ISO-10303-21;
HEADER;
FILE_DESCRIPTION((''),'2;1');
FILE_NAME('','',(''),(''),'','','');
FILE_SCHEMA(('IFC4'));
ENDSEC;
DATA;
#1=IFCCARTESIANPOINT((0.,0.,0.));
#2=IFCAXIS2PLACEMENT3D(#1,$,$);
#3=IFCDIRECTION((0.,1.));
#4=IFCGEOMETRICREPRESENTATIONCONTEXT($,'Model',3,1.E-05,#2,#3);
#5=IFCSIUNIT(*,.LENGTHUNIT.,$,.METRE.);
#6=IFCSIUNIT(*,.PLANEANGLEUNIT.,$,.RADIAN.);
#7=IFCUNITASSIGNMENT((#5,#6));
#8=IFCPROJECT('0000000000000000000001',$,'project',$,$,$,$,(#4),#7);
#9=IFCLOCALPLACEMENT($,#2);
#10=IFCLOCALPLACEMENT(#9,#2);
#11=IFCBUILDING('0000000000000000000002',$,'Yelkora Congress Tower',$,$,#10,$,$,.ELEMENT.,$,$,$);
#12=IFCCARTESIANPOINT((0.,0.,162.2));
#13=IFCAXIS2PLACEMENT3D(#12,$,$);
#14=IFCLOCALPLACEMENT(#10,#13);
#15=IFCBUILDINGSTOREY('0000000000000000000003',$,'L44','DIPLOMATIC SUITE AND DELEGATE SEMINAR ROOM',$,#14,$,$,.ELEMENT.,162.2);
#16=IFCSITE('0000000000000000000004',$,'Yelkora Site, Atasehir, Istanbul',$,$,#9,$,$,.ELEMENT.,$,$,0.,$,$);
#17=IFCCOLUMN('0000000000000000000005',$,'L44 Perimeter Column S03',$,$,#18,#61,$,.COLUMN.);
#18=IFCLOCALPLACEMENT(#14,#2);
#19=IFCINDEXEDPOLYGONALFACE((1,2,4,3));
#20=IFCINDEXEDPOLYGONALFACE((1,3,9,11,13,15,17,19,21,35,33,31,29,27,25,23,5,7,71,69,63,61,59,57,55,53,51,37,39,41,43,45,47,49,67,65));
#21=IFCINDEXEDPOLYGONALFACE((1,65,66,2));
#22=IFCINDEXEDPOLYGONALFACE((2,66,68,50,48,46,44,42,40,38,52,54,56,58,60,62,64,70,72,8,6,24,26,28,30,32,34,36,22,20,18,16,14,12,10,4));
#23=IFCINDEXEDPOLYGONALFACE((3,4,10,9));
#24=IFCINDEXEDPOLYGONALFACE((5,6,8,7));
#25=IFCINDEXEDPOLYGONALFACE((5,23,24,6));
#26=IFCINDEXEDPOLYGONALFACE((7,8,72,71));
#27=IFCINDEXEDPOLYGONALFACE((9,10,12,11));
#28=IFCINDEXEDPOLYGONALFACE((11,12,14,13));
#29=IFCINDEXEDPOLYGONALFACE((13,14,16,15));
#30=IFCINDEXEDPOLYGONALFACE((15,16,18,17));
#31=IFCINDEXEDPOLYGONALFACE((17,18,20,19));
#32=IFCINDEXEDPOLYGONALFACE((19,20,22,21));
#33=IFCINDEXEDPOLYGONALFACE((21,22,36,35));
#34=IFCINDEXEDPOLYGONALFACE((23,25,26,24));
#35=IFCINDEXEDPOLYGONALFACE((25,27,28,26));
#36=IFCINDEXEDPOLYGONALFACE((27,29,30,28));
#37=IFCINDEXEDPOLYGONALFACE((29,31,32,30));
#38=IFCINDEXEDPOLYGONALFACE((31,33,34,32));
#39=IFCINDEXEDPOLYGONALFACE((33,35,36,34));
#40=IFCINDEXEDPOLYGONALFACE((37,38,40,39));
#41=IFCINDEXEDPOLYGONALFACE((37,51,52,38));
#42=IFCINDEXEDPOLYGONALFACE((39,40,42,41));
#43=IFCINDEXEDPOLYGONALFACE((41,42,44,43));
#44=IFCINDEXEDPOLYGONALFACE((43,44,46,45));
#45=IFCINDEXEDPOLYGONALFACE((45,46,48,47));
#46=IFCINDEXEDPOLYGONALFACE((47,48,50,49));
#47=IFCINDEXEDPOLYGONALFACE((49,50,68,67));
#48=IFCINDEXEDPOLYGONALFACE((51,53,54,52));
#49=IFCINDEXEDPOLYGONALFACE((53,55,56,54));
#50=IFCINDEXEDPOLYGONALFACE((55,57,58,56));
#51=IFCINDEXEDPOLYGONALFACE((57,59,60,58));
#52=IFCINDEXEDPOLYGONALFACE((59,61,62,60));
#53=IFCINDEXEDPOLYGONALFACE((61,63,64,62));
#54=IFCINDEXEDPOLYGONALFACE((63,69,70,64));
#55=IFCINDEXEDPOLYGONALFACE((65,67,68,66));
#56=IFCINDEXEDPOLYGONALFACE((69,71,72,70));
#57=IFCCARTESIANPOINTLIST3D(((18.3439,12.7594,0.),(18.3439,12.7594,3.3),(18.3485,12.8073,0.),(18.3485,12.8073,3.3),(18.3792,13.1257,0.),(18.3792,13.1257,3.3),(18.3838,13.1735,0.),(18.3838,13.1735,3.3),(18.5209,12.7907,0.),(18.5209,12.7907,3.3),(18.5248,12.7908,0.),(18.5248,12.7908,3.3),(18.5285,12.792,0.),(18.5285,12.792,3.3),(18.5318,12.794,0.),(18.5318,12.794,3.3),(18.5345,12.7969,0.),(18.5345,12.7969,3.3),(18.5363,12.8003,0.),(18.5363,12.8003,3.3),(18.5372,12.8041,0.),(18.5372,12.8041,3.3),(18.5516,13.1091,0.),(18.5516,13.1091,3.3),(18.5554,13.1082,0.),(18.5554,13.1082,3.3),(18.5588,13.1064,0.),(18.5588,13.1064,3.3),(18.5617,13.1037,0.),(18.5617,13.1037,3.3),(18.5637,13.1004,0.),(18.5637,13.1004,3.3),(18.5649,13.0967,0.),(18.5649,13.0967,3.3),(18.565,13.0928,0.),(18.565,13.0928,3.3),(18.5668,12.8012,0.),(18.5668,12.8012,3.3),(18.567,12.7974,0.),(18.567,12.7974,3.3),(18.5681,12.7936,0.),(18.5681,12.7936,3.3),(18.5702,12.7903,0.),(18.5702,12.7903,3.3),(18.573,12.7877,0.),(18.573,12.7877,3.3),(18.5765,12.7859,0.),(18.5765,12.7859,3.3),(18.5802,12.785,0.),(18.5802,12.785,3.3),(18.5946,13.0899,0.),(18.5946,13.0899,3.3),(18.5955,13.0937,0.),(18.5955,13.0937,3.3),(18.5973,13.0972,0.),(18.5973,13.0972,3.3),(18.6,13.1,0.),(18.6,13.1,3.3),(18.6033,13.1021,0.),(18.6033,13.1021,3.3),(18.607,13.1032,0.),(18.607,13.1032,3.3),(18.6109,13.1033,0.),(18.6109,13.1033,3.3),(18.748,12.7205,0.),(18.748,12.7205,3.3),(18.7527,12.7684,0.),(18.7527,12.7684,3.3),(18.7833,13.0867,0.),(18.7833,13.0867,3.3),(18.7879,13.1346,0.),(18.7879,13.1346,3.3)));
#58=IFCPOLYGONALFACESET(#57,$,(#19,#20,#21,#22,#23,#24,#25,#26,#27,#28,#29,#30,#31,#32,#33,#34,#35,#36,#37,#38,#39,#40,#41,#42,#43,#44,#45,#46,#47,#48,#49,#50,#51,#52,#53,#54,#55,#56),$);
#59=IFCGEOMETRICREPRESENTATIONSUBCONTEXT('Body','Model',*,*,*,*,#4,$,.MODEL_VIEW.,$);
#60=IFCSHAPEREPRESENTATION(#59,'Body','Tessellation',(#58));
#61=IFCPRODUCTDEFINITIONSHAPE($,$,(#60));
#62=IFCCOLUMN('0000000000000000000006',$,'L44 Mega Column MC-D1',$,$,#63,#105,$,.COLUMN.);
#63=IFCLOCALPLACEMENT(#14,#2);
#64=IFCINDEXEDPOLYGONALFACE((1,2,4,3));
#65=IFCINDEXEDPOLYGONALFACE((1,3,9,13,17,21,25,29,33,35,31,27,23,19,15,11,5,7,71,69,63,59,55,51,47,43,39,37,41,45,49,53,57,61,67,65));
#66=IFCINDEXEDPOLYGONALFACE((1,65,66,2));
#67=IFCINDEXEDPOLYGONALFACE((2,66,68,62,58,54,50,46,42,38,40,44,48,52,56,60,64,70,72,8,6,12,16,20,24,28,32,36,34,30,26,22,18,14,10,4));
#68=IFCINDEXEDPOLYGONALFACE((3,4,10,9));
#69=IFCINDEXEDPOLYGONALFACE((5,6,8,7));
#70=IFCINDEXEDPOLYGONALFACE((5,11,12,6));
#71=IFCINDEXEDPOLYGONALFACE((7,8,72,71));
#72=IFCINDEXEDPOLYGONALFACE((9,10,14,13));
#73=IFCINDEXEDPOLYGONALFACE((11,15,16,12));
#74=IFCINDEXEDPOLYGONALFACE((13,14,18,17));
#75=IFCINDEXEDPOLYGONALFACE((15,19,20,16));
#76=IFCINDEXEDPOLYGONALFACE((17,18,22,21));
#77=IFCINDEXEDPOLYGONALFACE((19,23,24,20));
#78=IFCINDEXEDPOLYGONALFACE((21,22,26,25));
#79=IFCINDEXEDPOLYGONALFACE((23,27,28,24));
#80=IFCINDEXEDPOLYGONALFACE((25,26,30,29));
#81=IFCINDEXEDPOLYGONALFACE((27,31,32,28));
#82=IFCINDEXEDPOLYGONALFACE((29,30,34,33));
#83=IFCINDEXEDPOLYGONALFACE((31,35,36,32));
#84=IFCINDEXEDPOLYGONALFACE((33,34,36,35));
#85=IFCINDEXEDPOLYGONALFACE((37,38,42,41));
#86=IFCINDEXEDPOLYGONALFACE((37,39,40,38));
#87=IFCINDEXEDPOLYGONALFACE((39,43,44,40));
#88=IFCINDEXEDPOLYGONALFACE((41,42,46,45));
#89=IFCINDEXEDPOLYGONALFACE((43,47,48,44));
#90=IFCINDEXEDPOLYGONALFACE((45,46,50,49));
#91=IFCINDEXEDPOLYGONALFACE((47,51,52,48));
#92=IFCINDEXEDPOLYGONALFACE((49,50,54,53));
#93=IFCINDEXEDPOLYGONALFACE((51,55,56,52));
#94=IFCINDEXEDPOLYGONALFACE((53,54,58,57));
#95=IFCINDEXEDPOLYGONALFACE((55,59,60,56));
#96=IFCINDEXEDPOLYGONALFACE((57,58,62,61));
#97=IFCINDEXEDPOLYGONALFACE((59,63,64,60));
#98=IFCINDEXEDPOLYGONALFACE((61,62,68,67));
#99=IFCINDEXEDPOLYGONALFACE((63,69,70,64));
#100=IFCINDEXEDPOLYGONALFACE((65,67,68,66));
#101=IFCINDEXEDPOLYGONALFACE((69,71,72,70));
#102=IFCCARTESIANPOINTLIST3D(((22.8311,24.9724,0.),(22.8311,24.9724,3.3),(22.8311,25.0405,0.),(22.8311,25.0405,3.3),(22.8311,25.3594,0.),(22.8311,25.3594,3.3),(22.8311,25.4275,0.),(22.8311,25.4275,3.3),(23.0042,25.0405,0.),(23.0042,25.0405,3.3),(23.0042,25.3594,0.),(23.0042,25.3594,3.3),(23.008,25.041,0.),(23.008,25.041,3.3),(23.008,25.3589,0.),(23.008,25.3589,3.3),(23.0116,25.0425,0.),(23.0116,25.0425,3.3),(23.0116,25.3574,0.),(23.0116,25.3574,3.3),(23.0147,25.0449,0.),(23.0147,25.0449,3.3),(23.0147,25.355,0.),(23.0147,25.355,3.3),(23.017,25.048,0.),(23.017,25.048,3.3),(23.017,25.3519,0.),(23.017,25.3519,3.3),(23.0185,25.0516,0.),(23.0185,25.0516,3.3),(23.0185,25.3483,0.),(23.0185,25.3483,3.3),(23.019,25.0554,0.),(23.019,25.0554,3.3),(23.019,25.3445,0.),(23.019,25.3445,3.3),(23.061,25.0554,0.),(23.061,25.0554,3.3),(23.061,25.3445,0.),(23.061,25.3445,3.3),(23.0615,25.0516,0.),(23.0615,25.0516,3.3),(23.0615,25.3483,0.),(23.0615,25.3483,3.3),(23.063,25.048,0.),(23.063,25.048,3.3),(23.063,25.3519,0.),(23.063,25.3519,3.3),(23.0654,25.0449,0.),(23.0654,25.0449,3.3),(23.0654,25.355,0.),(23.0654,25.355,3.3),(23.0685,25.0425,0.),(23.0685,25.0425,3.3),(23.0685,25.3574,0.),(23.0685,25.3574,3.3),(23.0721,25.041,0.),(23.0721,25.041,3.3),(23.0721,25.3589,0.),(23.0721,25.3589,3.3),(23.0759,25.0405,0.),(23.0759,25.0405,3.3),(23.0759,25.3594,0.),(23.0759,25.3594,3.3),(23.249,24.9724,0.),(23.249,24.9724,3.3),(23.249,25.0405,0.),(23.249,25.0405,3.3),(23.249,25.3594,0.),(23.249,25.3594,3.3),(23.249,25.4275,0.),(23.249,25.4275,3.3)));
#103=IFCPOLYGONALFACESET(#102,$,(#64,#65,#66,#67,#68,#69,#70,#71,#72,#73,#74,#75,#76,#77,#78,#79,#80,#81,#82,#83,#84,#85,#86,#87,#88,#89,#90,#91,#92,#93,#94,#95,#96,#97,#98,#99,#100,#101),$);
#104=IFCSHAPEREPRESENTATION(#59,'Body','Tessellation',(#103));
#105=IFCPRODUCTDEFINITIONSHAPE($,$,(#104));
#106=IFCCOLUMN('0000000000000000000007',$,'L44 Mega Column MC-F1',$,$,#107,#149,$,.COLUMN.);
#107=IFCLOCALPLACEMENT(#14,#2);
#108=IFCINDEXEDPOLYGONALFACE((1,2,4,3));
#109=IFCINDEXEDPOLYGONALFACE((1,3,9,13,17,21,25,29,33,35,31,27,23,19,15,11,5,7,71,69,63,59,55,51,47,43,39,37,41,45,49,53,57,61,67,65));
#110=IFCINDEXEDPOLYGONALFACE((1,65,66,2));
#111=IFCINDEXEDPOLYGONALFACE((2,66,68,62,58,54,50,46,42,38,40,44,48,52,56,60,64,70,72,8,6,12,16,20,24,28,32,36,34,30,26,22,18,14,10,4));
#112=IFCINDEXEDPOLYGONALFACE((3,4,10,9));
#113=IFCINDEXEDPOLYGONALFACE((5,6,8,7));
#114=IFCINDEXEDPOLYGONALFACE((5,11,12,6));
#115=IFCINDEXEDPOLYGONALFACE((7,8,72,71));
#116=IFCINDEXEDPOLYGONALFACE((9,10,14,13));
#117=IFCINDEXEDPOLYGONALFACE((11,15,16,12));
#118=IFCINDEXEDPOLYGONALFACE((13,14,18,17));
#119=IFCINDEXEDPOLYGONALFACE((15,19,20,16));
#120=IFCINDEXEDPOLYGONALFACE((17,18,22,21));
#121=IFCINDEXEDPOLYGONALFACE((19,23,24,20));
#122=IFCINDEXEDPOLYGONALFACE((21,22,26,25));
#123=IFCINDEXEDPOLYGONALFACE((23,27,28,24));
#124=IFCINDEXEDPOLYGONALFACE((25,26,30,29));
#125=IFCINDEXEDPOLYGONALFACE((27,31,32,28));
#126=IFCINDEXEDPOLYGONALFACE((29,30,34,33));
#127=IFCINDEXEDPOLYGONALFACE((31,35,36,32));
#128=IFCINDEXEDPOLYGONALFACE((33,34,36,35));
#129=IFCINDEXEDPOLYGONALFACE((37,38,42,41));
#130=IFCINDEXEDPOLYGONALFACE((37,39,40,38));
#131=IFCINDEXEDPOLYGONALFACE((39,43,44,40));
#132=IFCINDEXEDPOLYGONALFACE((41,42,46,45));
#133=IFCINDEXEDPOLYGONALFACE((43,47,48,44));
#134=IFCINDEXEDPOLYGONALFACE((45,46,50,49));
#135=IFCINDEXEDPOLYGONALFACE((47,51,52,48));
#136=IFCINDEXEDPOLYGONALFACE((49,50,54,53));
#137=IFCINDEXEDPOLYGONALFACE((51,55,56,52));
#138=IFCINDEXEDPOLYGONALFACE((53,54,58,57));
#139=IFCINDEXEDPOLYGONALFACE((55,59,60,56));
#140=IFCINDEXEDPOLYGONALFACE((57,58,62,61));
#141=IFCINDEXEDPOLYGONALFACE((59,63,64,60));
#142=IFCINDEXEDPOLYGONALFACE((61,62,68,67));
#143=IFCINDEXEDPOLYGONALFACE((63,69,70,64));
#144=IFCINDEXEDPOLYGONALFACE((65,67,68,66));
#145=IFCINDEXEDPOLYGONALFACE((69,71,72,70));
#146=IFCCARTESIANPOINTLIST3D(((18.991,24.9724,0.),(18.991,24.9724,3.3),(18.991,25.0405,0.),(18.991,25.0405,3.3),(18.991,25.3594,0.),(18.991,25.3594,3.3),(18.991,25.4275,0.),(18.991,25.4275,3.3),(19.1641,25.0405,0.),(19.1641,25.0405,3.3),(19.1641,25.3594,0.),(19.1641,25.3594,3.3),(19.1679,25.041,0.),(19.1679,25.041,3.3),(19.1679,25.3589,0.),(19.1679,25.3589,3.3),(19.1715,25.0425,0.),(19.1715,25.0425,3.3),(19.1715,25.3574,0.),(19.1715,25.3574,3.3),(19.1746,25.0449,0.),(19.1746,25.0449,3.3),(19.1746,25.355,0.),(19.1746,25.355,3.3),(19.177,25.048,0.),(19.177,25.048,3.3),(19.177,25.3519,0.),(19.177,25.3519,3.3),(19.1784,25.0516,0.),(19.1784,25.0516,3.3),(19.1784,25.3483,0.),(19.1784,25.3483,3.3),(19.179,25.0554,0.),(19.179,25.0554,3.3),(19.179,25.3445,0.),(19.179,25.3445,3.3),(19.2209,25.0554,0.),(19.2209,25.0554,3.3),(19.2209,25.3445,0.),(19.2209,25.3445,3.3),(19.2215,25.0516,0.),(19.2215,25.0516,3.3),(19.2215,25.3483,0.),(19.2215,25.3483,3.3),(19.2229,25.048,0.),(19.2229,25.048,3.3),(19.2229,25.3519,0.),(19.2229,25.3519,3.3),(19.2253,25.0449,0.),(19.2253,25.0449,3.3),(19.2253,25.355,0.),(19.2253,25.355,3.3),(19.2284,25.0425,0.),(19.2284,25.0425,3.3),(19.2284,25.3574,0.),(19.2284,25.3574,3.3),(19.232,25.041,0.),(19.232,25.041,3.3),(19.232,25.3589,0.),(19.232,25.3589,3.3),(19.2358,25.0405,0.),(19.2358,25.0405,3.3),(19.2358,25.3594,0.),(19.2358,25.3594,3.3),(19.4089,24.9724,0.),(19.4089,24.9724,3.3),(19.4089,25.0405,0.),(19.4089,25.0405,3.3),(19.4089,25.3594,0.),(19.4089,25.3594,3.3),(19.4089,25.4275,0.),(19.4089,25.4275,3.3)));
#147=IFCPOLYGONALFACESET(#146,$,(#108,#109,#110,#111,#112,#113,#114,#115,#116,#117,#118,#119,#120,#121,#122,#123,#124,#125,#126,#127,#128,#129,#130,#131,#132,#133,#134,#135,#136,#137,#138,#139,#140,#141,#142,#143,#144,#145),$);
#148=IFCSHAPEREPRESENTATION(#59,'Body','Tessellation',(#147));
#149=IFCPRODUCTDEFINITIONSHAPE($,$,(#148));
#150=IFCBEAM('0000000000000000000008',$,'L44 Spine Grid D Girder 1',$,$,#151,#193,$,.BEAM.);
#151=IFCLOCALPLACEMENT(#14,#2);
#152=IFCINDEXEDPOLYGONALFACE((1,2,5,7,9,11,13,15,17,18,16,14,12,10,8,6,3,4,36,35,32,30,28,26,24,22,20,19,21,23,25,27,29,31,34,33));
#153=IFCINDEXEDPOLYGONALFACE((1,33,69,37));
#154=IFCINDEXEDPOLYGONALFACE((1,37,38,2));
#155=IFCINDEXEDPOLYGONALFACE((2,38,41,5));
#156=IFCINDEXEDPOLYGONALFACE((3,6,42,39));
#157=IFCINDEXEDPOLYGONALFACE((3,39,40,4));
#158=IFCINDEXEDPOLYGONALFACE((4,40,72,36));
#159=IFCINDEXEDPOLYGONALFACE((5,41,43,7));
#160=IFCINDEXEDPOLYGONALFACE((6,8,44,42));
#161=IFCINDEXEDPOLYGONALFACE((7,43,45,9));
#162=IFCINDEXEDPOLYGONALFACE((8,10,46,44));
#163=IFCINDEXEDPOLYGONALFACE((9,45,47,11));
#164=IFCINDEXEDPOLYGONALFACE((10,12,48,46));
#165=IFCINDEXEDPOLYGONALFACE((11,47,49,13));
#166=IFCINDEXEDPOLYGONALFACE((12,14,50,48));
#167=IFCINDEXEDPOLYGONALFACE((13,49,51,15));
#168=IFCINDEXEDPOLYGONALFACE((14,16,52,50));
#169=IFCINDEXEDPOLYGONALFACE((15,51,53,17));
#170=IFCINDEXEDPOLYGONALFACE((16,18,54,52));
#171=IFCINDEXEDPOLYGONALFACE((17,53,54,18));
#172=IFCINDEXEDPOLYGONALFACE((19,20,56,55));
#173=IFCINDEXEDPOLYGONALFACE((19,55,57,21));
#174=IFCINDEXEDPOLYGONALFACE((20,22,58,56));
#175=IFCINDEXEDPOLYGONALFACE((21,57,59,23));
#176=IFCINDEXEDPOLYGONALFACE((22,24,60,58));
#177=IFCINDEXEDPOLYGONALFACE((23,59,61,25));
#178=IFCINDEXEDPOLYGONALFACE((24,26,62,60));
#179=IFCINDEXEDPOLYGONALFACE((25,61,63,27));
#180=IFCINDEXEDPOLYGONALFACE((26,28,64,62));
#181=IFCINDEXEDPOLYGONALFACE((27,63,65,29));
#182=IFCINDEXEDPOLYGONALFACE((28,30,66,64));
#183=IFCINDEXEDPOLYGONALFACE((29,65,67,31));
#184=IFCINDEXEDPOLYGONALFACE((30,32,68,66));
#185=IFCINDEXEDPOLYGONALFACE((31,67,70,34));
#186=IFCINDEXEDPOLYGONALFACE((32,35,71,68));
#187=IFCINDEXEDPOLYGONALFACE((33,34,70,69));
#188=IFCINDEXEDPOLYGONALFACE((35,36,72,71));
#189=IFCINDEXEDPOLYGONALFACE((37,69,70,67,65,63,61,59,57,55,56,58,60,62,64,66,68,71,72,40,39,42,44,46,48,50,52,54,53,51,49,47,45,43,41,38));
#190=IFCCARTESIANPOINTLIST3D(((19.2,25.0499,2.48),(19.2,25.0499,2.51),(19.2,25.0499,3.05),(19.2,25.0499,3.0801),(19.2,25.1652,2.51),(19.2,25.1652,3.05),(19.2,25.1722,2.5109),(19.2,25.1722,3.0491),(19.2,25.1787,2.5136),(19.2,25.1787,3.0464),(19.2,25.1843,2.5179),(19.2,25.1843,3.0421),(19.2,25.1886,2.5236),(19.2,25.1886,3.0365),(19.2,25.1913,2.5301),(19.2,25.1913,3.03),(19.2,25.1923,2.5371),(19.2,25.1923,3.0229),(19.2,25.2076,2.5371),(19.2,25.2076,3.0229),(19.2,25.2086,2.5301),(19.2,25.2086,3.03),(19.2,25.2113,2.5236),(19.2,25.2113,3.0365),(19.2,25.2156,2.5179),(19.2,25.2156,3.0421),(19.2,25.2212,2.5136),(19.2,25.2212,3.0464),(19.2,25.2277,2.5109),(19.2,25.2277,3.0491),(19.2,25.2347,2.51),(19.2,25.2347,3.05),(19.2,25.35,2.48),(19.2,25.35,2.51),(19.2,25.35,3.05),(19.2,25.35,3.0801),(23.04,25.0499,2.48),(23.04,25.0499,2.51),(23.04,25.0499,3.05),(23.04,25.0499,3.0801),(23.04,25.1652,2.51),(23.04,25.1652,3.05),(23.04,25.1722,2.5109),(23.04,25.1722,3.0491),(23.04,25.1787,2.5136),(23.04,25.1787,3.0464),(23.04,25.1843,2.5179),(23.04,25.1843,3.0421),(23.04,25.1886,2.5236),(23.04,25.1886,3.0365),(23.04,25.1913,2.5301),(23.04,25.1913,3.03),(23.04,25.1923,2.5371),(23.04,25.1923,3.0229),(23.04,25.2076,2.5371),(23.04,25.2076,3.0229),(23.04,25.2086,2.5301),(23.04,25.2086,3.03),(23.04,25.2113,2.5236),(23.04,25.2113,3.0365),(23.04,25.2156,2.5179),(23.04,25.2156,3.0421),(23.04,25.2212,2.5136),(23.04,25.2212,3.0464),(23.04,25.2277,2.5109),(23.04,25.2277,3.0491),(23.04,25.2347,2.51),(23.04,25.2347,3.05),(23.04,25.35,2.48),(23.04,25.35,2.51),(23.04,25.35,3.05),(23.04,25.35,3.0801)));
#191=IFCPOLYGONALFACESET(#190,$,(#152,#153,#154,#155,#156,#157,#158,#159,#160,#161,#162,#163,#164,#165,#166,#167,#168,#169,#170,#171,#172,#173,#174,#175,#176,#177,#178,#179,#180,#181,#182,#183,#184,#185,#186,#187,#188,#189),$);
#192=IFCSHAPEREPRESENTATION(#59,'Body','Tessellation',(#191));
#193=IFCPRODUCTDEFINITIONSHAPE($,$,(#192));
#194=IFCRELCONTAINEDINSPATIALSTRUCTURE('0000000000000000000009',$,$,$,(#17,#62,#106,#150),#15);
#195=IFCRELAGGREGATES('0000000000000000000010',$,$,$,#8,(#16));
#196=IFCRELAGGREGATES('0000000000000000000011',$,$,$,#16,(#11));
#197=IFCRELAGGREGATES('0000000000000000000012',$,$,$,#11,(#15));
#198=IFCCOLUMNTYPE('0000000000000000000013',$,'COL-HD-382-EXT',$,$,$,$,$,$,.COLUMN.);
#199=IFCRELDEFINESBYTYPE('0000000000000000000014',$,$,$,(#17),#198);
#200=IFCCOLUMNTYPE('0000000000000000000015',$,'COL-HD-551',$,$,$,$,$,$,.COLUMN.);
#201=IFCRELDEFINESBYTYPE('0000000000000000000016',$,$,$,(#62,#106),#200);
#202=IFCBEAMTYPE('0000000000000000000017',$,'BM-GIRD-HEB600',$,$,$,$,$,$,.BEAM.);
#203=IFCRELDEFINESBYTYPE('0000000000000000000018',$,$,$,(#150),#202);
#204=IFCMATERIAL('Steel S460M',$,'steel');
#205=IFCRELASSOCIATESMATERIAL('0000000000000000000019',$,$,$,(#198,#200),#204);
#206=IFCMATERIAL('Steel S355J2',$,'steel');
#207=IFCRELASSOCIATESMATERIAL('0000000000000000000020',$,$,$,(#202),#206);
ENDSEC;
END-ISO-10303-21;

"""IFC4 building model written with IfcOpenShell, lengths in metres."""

from ifc_helpers import new_model, si_unit, direction, frame, origin, origin_2d, place, context, subcontext, project, spatial, i_section, extrude, material, material_profile, profile_set, type_object, element, save


model = new_model("IFC4")

# Units and contexts
model_context = context("Model", 3, precision=1e-05, world=origin(), true_north=direction((0.0, 1.0)))
body_context = subcontext(model_context, "Body", "Model", "MODEL_VIEW")
ifc_project = project(units=[si_unit("LENGTHUNIT", "METRE"), si_unit("PLANEANGLEUNIT", "RADIAN")], contexts=[model_context])

# Site, building, storey
site_placement = place(None, origin())
site = spatial("IfcSite", under=ifc_project, at=site_placement, Name="Yelkora Site, Atasehir, Istanbul", CompositionType="ELEMENT", RefElevation=0.0)
building_placement = place(site_placement, origin())
building = spatial("IfcBuilding", under=site, at=building_placement, Name="Yelkora Congress Tower", CompositionType="ELEMENT")
storey_placement = place(building_placement, frame((0.0, 0.0, 162.2)))
storey = spatial("IfcBuildingStorey", under=building, at=storey_placement, Name="L44", Description="DIPLOMATIC SUITE AND DELEGATE SEMINAR ROOM", CompositionType="ELEMENT", Elevation=162.2)

# Columns
ifc_material_1 = material(Name="Steel S460M", Category="steel")
ifc_material_profile_1 = material_profile(ifc_material_1, i_section(OverallWidth=0.406, OverallDepth=0.416, WebThickness=0.0298, FlangeThickness=0.0481, FilletRadius=0.0149, at=origin_2d()), Name="HD 400x382")
ifc_profile_set_1 = profile_set([ifc_material_profile_1], Name="Steel S460M")
column_type_1 = type_object("IfcColumnType", Name="COL-HD-382-EXT", PredefinedType="COLUMN", material=ifc_profile_set_1)
column_placement = place(storey_placement, frame((18.5659, 12.947, 0.0), z_axis=(0.0, 0.0, 1.0), x_axis=(0.995396, -0.095846, 0.0)))
element("IfcColumn", 1, at=column_placement, inside=storey, type_object=column_type_1, Name="L44 Perimeter Column S03", PredefinedType="COLUMN", context=body_context, shape_type="SweptSolid", body=[
    extrude(i_section(OverallWidth=0.406, OverallDepth=0.416, WebThickness=0.0298, FlangeThickness=0.0481, FilletRadius=0.0149, at=origin_2d()), origin(), (0.0, 0.0, 1.0), 3.3),
])
ifc_material_profile_2 = material_profile(ifc_material_1, i_section(OverallWidth=0.418, OverallDepth=0.4551, WebThickness=0.042, FlangeThickness=0.0681, FilletRadius=0.0149, at=origin_2d()), Name="HD 400x551")
ifc_profile_set_2 = profile_set([ifc_material_profile_2], Name="Steel S460M")
column_type_2 = type_object("IfcColumnType", Name="COL-HD-551", PredefinedType="COLUMN", material=ifc_profile_set_2)
for number, where, z_axis, x_axis, name in (
    (2, (23.04, 25.2, 0.0), (0.0, 0.0, 1.0), (1.0, 0.0, 0.0), "L44 Mega Column MC-D1"),
    (3, (19.2, 25.2, 0.0), (0.0, 0.0, 1.0), (1.0, 0.0, 0.0), "L44 Mega Column MC-F1"),
):
    element("IfcColumn", number, at=place(storey_placement, frame(where, z_axis=z_axis, x_axis=x_axis)), inside=storey, type_object=column_type_2, Name=name, PredefinedType="COLUMN", context=body_context, shape_type="SweptSolid", body=[
        extrude(i_section(OverallWidth=0.418, OverallDepth=0.4551, WebThickness=0.042, FlangeThickness=0.0681, FilletRadius=0.0149, at=origin_2d()), origin(), (0.0, 0.0, 1.0), 3.3),
    ])

# Beam
ifc_material_2 = material(Name="Steel S355J2", Category="steel")
ifc_material_profile_3 = material_profile(ifc_material_2, i_section(OverallWidth=0.3, OverallDepth=0.6001, WebThickness=0.0154, FlangeThickness=0.03, FilletRadius=0.0271, at=origin_2d()), Name="HEB 600")
ifc_profile_set_3 = profile_set([ifc_material_profile_3], Name="Steel S355J2")
beam_type_1 = type_object("IfcBeamType", Name="BM-GIRD-HEB600", PredefinedType="BEAM", material=ifc_profile_set_3)
beam_1_placement = place(storey_placement, frame((19.2, 25.2, 2.78), z_axis=(1.0, 0.0, 0.0), x_axis=(0.0, 1.0, 0.0)))
element("IfcBeam", 4, at=beam_1_placement, inside=storey, type_object=beam_type_1, Name="L44 Spine Grid D Girder 1", PredefinedType="BEAM", context=body_context, shape_type="SweptSolid", body=[
    extrude(i_section(OverallWidth=0.3, OverallDepth=0.6001, WebThickness=0.0154, FlangeThickness=0.03, FilletRadius=0.0271, at=origin_2d()), origin(), (0.0, 0.0, 1.0), 3.8401),
])

save(model, "model.ifc")
